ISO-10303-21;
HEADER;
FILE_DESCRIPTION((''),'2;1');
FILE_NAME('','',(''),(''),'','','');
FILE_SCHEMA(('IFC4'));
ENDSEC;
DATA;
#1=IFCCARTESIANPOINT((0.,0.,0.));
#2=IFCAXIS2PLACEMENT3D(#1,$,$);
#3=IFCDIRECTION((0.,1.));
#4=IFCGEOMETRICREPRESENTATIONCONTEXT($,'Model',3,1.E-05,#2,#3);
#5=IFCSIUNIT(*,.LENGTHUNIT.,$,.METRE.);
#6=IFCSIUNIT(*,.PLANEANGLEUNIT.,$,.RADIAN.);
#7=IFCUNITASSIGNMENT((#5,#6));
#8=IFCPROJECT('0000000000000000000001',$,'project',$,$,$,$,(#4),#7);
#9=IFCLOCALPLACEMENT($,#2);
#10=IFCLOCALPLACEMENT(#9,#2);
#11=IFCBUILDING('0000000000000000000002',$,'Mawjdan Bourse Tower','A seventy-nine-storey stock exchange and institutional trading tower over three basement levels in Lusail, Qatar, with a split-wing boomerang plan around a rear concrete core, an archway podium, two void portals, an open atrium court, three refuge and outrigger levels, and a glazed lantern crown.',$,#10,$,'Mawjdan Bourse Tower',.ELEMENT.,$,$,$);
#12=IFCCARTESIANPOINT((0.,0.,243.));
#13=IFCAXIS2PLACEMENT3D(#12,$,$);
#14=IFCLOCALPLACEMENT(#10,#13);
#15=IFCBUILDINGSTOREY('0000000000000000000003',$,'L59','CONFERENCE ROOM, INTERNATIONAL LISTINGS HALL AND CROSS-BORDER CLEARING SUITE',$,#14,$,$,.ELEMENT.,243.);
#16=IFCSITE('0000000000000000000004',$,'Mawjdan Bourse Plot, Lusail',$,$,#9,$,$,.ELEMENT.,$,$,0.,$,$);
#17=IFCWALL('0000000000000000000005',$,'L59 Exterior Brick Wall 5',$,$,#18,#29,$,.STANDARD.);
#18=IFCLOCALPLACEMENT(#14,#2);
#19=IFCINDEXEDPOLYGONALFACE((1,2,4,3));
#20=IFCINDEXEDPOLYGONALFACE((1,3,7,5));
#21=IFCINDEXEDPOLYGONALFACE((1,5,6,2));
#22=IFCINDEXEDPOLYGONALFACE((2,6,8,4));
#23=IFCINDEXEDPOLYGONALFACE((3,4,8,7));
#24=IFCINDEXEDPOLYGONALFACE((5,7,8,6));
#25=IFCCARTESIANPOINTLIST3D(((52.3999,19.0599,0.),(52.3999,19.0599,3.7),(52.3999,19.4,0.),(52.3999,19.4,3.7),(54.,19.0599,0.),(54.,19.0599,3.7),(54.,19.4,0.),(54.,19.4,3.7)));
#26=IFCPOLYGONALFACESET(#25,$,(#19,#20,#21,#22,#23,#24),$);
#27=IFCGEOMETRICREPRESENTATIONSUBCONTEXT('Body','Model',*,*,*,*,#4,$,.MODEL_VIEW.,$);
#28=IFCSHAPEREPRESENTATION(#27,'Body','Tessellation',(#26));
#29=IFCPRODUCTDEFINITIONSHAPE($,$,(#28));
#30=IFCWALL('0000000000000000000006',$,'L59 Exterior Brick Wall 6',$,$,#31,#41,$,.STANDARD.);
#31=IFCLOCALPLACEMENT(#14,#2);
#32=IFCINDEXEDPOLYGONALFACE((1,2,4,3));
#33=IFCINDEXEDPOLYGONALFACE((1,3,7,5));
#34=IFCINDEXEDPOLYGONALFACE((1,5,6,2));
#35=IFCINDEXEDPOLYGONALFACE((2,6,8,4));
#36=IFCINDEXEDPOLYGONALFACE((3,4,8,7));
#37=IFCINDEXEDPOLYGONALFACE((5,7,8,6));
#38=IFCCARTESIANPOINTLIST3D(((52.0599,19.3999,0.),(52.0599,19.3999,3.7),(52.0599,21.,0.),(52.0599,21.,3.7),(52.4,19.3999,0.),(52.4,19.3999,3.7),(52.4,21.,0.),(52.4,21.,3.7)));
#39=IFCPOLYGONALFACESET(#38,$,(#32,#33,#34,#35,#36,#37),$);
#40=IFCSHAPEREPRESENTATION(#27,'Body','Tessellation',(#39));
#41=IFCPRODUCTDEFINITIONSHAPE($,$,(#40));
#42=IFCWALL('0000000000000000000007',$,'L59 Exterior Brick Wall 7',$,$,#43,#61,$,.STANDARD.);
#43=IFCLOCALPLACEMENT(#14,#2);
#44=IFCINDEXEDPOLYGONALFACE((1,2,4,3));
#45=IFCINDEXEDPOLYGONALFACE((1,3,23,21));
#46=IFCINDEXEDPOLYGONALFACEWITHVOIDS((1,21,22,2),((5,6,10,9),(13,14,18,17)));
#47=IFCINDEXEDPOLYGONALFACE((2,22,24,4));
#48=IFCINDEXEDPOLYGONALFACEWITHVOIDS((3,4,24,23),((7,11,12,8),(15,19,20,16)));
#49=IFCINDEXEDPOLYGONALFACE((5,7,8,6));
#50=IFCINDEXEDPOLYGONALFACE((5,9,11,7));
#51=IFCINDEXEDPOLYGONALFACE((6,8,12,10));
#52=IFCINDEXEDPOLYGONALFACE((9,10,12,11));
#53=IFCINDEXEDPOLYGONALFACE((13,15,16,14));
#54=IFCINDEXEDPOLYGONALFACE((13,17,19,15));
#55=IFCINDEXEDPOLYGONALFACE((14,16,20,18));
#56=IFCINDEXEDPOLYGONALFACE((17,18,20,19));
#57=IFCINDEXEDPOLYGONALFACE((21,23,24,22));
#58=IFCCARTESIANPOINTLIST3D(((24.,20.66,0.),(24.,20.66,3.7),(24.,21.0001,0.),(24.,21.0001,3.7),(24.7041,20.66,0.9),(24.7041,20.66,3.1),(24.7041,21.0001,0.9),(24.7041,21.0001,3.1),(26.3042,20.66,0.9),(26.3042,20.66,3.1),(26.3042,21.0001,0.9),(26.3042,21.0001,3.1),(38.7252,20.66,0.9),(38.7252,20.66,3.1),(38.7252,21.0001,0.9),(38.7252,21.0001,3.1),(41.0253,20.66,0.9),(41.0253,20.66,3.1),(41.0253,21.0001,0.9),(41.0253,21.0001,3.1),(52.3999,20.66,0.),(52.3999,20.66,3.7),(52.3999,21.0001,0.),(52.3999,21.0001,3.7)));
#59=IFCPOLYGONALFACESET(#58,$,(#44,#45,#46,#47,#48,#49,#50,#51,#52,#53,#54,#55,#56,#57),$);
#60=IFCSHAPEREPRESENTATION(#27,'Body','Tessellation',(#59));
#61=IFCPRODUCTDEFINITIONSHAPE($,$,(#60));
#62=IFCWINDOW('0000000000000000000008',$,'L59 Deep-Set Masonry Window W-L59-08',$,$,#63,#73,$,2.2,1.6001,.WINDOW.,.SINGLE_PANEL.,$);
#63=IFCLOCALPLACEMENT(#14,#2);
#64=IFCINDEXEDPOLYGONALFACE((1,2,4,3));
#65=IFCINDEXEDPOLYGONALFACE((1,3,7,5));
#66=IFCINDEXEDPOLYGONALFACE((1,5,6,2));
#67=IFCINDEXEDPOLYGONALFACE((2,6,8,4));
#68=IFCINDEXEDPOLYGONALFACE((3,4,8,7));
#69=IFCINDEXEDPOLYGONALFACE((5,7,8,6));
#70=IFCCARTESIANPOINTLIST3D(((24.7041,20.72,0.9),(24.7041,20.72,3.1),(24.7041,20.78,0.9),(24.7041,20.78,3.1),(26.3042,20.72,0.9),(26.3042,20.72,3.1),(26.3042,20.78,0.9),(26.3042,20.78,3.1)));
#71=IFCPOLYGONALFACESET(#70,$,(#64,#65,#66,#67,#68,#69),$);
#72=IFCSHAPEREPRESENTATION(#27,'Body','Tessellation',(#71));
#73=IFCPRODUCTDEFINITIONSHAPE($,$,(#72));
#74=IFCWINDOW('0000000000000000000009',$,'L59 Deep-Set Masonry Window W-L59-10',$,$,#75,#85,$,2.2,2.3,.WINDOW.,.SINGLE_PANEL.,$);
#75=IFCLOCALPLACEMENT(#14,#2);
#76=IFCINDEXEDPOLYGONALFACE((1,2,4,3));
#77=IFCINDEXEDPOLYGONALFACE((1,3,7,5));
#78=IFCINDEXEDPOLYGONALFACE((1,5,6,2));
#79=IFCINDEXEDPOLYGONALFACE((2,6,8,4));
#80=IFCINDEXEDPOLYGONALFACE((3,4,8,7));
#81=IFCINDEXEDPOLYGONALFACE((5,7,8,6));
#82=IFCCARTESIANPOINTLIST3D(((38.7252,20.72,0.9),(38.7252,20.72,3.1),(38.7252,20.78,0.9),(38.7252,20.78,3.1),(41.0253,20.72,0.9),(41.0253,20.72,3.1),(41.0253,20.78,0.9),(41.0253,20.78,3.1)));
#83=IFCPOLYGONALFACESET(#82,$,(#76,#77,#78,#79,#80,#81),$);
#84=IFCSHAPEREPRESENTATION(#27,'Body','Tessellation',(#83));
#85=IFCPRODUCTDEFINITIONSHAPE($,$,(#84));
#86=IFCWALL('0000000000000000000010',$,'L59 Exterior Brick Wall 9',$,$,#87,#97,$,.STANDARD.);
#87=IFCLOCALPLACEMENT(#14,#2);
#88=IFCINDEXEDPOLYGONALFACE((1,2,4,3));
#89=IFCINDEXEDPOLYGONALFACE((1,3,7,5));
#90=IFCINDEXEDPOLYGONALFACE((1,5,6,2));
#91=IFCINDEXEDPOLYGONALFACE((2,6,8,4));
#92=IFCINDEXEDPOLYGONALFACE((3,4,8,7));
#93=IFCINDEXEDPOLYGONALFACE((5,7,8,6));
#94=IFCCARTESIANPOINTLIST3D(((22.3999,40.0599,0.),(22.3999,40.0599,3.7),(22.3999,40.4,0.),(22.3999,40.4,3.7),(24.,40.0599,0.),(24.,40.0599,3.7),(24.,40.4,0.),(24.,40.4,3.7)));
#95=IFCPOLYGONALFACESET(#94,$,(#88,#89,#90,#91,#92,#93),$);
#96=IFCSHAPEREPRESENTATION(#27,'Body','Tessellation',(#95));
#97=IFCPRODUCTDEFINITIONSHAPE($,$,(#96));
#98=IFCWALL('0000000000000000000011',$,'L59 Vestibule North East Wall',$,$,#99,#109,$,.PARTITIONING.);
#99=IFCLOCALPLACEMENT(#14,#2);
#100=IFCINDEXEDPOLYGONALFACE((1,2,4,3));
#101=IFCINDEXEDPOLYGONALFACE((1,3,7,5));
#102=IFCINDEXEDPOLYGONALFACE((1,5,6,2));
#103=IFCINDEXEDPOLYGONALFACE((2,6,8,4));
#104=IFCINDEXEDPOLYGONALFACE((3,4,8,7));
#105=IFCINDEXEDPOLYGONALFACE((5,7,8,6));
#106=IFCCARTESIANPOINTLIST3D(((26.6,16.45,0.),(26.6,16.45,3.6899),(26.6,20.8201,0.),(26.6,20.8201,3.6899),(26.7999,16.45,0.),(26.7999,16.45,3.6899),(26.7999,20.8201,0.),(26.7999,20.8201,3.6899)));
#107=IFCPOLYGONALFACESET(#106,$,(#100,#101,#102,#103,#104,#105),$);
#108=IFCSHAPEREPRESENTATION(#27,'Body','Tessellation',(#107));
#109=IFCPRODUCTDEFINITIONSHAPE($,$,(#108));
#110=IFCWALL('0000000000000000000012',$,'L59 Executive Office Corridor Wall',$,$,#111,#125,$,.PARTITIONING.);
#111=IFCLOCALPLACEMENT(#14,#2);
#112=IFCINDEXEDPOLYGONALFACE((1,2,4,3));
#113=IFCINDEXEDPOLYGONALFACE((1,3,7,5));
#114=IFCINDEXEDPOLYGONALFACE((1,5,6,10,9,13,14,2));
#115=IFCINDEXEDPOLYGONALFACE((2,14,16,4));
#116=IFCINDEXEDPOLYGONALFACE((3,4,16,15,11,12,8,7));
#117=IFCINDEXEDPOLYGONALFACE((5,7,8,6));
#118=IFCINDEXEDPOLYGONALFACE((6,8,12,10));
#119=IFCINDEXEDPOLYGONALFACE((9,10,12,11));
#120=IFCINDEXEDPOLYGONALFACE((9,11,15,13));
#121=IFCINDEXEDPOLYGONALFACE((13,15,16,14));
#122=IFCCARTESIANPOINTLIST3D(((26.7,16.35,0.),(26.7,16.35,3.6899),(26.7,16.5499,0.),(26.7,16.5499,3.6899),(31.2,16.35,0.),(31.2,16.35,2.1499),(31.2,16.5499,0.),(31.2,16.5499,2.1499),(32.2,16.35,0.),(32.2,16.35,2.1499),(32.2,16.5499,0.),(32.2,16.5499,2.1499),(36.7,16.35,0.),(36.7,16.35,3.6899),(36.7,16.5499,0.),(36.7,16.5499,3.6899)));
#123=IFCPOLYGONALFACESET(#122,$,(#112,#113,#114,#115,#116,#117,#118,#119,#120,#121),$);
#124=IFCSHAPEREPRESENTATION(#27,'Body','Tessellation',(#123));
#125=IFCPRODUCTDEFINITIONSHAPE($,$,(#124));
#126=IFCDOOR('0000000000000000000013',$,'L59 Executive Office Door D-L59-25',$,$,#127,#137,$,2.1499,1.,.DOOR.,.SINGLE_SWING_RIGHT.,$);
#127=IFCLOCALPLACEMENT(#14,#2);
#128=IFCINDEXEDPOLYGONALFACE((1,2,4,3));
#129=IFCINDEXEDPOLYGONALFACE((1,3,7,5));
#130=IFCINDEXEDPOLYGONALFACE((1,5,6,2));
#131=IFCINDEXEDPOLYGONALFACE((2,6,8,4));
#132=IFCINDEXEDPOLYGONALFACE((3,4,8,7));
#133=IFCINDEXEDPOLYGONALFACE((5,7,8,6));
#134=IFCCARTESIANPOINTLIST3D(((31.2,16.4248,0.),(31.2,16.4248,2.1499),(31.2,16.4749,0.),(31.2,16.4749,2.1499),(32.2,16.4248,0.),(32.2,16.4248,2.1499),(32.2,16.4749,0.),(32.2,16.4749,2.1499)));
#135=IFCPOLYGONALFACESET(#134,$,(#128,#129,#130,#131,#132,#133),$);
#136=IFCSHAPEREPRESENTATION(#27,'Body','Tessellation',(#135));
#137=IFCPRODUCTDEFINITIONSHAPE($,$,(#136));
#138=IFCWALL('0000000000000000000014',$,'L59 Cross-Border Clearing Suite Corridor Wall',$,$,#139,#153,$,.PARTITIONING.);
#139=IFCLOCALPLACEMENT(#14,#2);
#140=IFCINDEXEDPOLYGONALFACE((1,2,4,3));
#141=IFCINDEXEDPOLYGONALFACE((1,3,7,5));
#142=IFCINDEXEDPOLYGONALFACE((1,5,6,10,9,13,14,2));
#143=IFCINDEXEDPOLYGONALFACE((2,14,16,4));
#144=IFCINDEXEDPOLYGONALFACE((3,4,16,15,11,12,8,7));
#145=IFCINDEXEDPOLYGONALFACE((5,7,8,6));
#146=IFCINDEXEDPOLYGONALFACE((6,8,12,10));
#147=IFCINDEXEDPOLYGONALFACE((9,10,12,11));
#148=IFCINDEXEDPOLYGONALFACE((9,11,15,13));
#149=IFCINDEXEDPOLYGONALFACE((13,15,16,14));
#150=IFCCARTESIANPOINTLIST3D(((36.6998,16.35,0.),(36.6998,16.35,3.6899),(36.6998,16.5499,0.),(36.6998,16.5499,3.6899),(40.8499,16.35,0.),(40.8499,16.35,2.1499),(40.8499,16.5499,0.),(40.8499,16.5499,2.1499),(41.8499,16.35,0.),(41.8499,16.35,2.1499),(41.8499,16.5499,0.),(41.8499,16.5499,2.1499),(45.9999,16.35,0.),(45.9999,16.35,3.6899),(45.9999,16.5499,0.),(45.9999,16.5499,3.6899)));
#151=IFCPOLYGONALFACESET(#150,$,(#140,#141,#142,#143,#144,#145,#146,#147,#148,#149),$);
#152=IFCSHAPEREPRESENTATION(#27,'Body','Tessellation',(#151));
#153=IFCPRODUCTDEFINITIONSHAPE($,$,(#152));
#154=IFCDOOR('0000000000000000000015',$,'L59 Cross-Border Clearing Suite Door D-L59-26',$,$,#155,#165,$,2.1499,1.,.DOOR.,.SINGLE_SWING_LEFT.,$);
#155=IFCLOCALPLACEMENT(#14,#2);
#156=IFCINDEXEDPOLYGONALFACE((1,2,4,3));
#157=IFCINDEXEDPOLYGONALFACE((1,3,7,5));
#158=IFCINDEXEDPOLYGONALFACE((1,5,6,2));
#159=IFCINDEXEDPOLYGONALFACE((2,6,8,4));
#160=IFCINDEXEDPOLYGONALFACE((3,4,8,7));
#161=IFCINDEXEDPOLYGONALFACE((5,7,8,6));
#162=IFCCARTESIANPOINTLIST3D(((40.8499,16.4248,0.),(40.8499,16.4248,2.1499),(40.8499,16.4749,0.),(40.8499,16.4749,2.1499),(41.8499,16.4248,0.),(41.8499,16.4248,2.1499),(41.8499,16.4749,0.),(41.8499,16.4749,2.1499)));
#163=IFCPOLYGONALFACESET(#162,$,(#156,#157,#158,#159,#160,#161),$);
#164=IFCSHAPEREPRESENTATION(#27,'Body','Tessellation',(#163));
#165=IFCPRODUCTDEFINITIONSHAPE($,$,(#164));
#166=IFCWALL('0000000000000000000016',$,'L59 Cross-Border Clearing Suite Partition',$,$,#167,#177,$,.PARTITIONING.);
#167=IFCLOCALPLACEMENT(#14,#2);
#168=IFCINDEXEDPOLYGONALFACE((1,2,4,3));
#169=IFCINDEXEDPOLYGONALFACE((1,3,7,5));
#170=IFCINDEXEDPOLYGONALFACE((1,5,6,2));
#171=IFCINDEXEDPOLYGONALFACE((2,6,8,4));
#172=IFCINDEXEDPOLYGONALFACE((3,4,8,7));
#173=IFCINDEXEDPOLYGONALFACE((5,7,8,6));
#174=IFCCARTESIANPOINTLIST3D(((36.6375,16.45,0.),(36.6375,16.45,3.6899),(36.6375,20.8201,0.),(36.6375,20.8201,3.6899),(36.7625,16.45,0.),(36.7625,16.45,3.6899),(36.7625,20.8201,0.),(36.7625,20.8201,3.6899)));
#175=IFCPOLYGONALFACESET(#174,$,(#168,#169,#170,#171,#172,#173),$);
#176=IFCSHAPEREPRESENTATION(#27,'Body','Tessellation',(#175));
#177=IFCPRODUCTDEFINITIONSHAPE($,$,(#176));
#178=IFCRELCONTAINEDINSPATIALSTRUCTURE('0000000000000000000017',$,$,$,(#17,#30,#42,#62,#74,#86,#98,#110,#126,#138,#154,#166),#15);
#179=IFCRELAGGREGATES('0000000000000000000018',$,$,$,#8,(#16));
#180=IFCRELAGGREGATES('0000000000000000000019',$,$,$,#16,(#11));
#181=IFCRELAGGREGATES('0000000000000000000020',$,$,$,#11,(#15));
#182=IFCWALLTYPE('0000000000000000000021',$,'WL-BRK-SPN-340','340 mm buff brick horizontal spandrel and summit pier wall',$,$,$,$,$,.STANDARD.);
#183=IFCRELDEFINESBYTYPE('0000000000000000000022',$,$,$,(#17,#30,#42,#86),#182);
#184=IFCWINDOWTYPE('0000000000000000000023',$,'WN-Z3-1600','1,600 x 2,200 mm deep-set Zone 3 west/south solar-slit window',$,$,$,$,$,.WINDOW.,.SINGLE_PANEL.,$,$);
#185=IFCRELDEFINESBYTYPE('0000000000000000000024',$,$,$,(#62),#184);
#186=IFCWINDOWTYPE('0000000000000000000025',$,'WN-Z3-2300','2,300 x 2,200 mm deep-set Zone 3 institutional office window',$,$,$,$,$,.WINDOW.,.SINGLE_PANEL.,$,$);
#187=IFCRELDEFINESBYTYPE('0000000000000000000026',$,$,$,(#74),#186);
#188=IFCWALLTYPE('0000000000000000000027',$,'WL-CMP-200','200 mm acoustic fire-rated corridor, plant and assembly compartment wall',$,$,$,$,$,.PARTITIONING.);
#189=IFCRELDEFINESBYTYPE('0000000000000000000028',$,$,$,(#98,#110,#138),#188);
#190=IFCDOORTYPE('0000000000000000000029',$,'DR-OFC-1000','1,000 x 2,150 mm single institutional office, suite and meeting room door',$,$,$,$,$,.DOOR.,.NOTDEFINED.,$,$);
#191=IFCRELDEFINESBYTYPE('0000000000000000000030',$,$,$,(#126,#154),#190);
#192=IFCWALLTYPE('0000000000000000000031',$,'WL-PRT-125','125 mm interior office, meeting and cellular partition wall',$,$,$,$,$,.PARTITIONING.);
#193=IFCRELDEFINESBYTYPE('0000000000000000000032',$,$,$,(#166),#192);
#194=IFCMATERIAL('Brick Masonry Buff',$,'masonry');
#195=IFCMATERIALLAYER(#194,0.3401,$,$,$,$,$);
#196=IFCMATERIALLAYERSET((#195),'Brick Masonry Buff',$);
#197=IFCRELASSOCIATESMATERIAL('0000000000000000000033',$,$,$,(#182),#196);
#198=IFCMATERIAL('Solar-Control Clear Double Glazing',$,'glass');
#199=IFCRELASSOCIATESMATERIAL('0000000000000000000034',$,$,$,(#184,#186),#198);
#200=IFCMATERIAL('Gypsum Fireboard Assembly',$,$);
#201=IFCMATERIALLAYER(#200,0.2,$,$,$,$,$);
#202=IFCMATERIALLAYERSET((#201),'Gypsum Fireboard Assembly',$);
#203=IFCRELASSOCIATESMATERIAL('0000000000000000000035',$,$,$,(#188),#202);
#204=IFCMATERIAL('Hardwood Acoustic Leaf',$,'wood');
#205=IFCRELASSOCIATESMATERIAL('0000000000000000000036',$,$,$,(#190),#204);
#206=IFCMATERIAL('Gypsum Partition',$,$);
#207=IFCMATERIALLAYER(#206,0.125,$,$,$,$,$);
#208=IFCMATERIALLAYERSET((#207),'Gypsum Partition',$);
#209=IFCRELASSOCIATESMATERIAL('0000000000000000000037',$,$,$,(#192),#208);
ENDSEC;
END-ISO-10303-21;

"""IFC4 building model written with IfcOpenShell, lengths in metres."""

from ifc_helpers import new_model, si_unit, direction, frame, frame_2d, origin, place, context, subcontext, project, spatial, rectangle, extrude, material, layer, layer_set, type_object, element, fill, save


model = new_model("IFC4")

# Units and contexts
model_context = context("Model", 3, precision=1e-05, world=origin(), true_north=direction((0.0, 1.0)))
body_context = subcontext(model_context, "Body", "Model", "MODEL_VIEW")
ifc_project = project(units=[si_unit("LENGTHUNIT", "METRE"), si_unit("PLANEANGLEUNIT", "RADIAN")], contexts=[model_context])

# Site, building, storey
site_placement = place(None, origin())
site = spatial("IfcSite", under=ifc_project, at=site_placement, Name="Mawjdan Bourse Plot, Lusail", CompositionType="ELEMENT", RefElevation=0.0)
building_placement = place(site_placement, origin())
building = spatial("IfcBuilding", under=site, at=building_placement, Name="Mawjdan Bourse Tower", Description="A seventy-nine-storey stock exchange and institutional trading tower over three basement levels in Lusail, Qatar, with a split-wing boomerang plan around a rear concrete core, an archway podium, two void portals, an open atrium court, three refuge and outrigger levels, and a glazed lantern crown.", LongName="Mawjdan Bourse Tower", CompositionType="ELEMENT")
storey_placement = place(building_placement, frame((0.0, 0.0, 243.0)))
storey = spatial("IfcBuildingStorey", under=building, at=storey_placement, Name="L59", Description="CONFERENCE ROOM, INTERNATIONAL LISTINGS HALL AND CROSS-BORDER CLEARING SUITE", CompositionType="ELEMENT", Elevation=243.0)

# Walls
ifc_material_1 = material(Name="Brick Masonry Buff", Category="masonry")
ifc_layer_1 = layer(ifc_material_1, 0.3401)
ifc_layer_set_1 = layer_set([ifc_layer_1], Name="Brick Masonry Buff")
wall_type_1 = type_object("IfcWallType", Name="WL-BRK-SPN-340", Description="340 mm buff brick horizontal spandrel and summit pier wall", PredefinedType="STANDARD", material=ifc_layer_set_1)
for number, where, z_axis, x_axis, name in (
    (1, (54.0, 19.23, 0.0), (0.0, 0.0, 1.0), (-1.0, 0.0, 0.0), "L59 Exterior Brick Wall 5"),
    (2, (52.23, 19.3999, 0.0), (0.0, 0.0, 1.0), (0.0, 1.0, 0.0), "L59 Exterior Brick Wall 6"),
):
    element("IfcWall", number, at=place(storey_placement, frame(where, z_axis=z_axis, x_axis=x_axis)), inside=storey, type_object=wall_type_1, Name=name, PredefinedType="STANDARD", context=body_context, shape_type="SweptSolid", body=[
        extrude(rectangle(XDim=1.6001, YDim=0.3401, at=frame_2d((0.8, 0.0))), origin(), (0.0, 0.0, 1.0), 3.7),
    ])

# Wall, openings, windows
wall_1_placement = place(storey_placement, frame((52.3999, 20.8301, 0.0), z_axis=(0.0, 0.0, 1.0), x_axis=(-1.0, 0.0, 0.0)))
wall_1 = element("IfcWall", 3, at=wall_1_placement, inside=storey, type_object=wall_type_1, Name="L59 Exterior Brick Wall 7", PredefinedType="STANDARD", context=body_context, shape_type="SweptSolid", body=[
    extrude(rectangle(XDim=28.3999, YDim=0.3401, at=frame_2d((14.2, 0.0))), origin(), (0.0, 0.0, 1.0), 3.7),
])
opening_1_placement = place(wall_1_placement, frame((26.0957, 0.0, 0.8999)))
opening_1 = element("IfcOpeningElement", 4, at=opening_1_placement, cuts=wall_1, PredefinedType="OPENING", context=body_context, shape_type="SweptSolid", body=[
    extrude(rectangle(XDim=1.6001, YDim=2.2, at=frame_2d((0.8, 1.1001))), frame((0.0, 0.1802, 0.0), z_axis=(0.0, -1.0, 0.0), x_axis=(1.0, 0.0, 0.0)), (0.0, 0.0, 1.0), 0.3601),
])
opening_2_placement = place(wall_1_placement, frame((11.3748, 0.0, 0.8999)))
opening_2 = element("IfcOpeningElement", 5, at=opening_2_placement, cuts=wall_1, PredefinedType="OPENING", context=body_context, shape_type="SweptSolid", body=[
    extrude(rectangle(XDim=2.3, YDim=2.2, at=frame_2d((1.1499, 1.1001))), frame((0.0, 0.1802, 0.0), z_axis=(0.0, -1.0, 0.0), x_axis=(1.0, 0.0, 0.0)), (0.0, 0.0, 1.0), 0.3601),
])
ifc_material_2 = material(Name="Solar-Control Clear Double Glazing", Category="glass")
window_type_1 = type_object("IfcWindowType", Name="WN-Z3-1600", Description="1,600 x 2,200 mm deep-set Zone 3 west/south solar-slit window", PartitioningType="SINGLE_PANEL", PredefinedType="WINDOW", material=ifc_material_2)
window_1_placement = place(opening_1_placement, origin())
window_1 = element("IfcWindow", 6, at=window_1_placement, inside=storey, type_object=window_type_1, Name="L59 Deep-Set Masonry Window W-L59-08", OverallHeight=2.2, OverallWidth=1.6001, PartitioningType="SINGLE_PANEL", PredefinedType="WINDOW", context=body_context, shape_type="SweptSolid", body=[
    extrude(rectangle(XDim=1.6001, YDim=2.2, at=frame_2d((0.8, 1.1001))), frame((0.0, 0.1101, 0.0), z_axis=(0.0, -1.0, 0.0), x_axis=(1.0, 0.0, 0.0)), (0.0, 0.0, 1.0), 0.0601),
])
fill(opening_1, window_1)
window_type_2 = type_object("IfcWindowType", Name="WN-Z3-2300", Description="2,300 x 2,200 mm deep-set Zone 3 institutional office window", PartitioningType="SINGLE_PANEL", PredefinedType="WINDOW", material=ifc_material_2)
window_2_placement = place(opening_2_placement, origin())
window_2 = element("IfcWindow", 7, at=window_2_placement, inside=storey, type_object=window_type_2, Name="L59 Deep-Set Masonry Window W-L59-10", OverallHeight=2.2, OverallWidth=2.3, PartitioningType="SINGLE_PANEL", PredefinedType="WINDOW", context=body_context, shape_type="SweptSolid", body=[
    extrude(rectangle(XDim=2.3, YDim=2.2, at=frame_2d((1.1499, 1.1001))), frame((0.0, 0.1101, 0.0), z_axis=(0.0, -1.0, 0.0), x_axis=(1.0, 0.0, 0.0)), (0.0, 0.0, 1.0), 0.0601),
])
fill(opening_2, window_2)

# Walls
wall_2_placement = place(storey_placement, frame((24.0, 40.23, 0.0), z_axis=(0.0, 0.0, 1.0), x_axis=(-1.0, 0.0, 0.0)))
element("IfcWall", 8, at=wall_2_placement, inside=storey, type_object=wall_type_1, Name="L59 Exterior Brick Wall 9", PredefinedType="STANDARD", context=body_context, shape_type="SweptSolid", body=[
    extrude(rectangle(XDim=1.6001, YDim=0.3401, at=frame_2d((0.8, 0.0))), origin(), (0.0, 0.0, 1.0), 3.7),
])
ifc_material_3 = material(Name="Gypsum Fireboard Assembly")
ifc_layer_2 = layer(ifc_material_3, 0.2)
ifc_layer_set_2 = layer_set([ifc_layer_2], Name="Gypsum Fireboard Assembly")
wall_type_2 = type_object("IfcWallType", Name="WL-CMP-200", Description="200 mm acoustic fire-rated corridor, plant and assembly compartment wall", PredefinedType="PARTITIONING", material=ifc_layer_set_2)
wall_3_placement = place(storey_placement, frame((26.7, 16.45, 0.0), z_axis=(0.0, 0.0, 1.0), x_axis=(0.0, 1.0, 0.0)))
element("IfcWall", 9, at=wall_3_placement, inside=storey, type_object=wall_type_2, Name="L59 Vestibule North East Wall", PredefinedType="PARTITIONING", context=body_context, shape_type="SweptSolid", body=[
    extrude(rectangle(XDim=4.3701, YDim=0.2, at=frame_2d((2.1851, 0.0))), origin(), (0.0, 0.0, 1.0), 3.6899),
])

# Walls, openings, doors
wall_4_placement = place(storey_placement, frame((26.7, 16.45, 0.0), z_axis=(0.0, 0.0, 1.0), x_axis=(1.0, 0.0, 0.0)))
wall_4 = element("IfcWall", 10, at=wall_4_placement, inside=storey, type_object=wall_type_2, Name="L59 Executive Office Corridor Wall", PredefinedType="PARTITIONING", context=body_context, shape_type="SweptSolid", body=[
    extrude(rectangle(XDim=10.0, YDim=0.2, at=frame_2d((5.0, 0.0))), origin(), (0.0, 0.0, 1.0), 3.6899),
])
opening_3_placement = place(wall_4_placement, frame((4.5, 0.0, 0.0)))
opening_3 = element("IfcOpeningElement", 11, at=opening_3_placement, cuts=wall_4, PredefinedType="OPENING", context=body_context, shape_type="SweptSolid", body=[
    extrude(rectangle(XDim=1.0, YDim=2.1499, at=frame_2d((0.5, 1.075))), frame((0.0, 0.1099, 0.0), z_axis=(0.0, -1.0, 0.0), x_axis=(1.0, 0.0, 0.0)), (0.0, 0.0, 1.0), 0.22),
])
ifc_material_4 = material(Name="Hardwood Acoustic Leaf", Category="wood")
door_type = type_object("IfcDoorType", Name="DR-OFC-1000", Description="1,000 x 2,150 mm single institutional office, suite and meeting room door", OperationType="NOTDEFINED", PredefinedType="DOOR", material=ifc_material_4)
door_1_placement = place(opening_3_placement, origin())
door_1 = element("IfcDoor", 12, at=door_1_placement, inside=storey, type_object=door_type, Name="L59 Executive Office Door D-L59-25", OperationType="SINGLE_SWING_RIGHT", OverallHeight=2.1499, OverallWidth=1.0, PredefinedType="DOOR", context=body_context, shape_type="SweptSolid", body=[
    extrude(rectangle(XDim=1.0, YDim=2.1499, at=frame_2d((0.5, 1.075))), frame((0.0, 0.0249, 0.0), z_axis=(0.0, -1.0, 0.0), x_axis=(1.0, 0.0, 0.0)), (0.0, 0.0, 1.0), 0.05),
])
fill(opening_3, door_1)
wall_5_placement = place(storey_placement, frame((36.7, 16.45, 0.0), z_axis=(0.0, 0.0, 1.0), x_axis=(1.0, 0.0, 0.0)))
wall_5 = element("IfcWall", 13, at=wall_5_placement, inside=storey, type_object=wall_type_2, Name="L59 Cross-Border Clearing Suite Corridor Wall", PredefinedType="PARTITIONING", context=body_context, shape_type="SweptSolid", body=[
    extrude(rectangle(XDim=9.3, YDim=0.2, at=frame_2d((4.6499, 0.0))), origin(), (0.0, 0.0, 1.0), 3.6899),
])
opening_4_placement = place(wall_5_placement, frame((4.1499, 0.0, 0.0)))
opening_4 = element("IfcOpeningElement", 14, at=opening_4_placement, cuts=wall_5, PredefinedType="OPENING", context=body_context, shape_type="SweptSolid", body=[
    extrude(rectangle(XDim=1.0, YDim=2.1499, at=frame_2d((0.5, 1.075))), frame((0.0, 0.1099, 0.0), z_axis=(0.0, -1.0, 0.0), x_axis=(1.0, 0.0, 0.0)), (0.0, 0.0, 1.0), 0.22),
])
door_2_placement = place(opening_4_placement, origin())
door_2 = element("IfcDoor", 15, at=door_2_placement, inside=storey, type_object=door_type, Name="L59 Cross-Border Clearing Suite Door D-L59-26", OperationType="SINGLE_SWING_LEFT", OverallHeight=2.1499, OverallWidth=1.0, PredefinedType="DOOR", context=body_context, shape_type="SweptSolid", body=[
    extrude(rectangle(XDim=1.0, YDim=2.1499, at=frame_2d((0.5, 1.075))), frame((0.0, 0.0249, 0.0), z_axis=(0.0, -1.0, 0.0), x_axis=(1.0, 0.0, 0.0)), (0.0, 0.0, 1.0), 0.05),
])
fill(opening_4, door_2)

# Wall
ifc_material_5 = material(Name="Gypsum Partition")
ifc_layer_3 = layer(ifc_material_5, 0.125)
ifc_layer_set_3 = layer_set([ifc_layer_3], Name="Gypsum Partition")
wall_type_3 = type_object("IfcWallType", Name="WL-PRT-125", Description="125 mm interior office, meeting and cellular partition wall", PredefinedType="PARTITIONING", material=ifc_layer_set_3)
wall_6_placement = place(storey_placement, frame((36.7, 16.45, 0.0), z_axis=(0.0, 0.0, 1.0), x_axis=(0.0, 1.0, 0.0)))
element("IfcWall", 16, at=wall_6_placement, inside=storey, type_object=wall_type_3, Name="L59 Cross-Border Clearing Suite Partition", PredefinedType="PARTITIONING", context=body_context, shape_type="SweptSolid", body=[
    extrude(rectangle(XDim=4.3701, YDim=0.125, at=frame_2d((2.1851, 0.0))), origin(), (0.0, 0.0, 1.0), 3.6899),
])

save(model, "model.ifc")
